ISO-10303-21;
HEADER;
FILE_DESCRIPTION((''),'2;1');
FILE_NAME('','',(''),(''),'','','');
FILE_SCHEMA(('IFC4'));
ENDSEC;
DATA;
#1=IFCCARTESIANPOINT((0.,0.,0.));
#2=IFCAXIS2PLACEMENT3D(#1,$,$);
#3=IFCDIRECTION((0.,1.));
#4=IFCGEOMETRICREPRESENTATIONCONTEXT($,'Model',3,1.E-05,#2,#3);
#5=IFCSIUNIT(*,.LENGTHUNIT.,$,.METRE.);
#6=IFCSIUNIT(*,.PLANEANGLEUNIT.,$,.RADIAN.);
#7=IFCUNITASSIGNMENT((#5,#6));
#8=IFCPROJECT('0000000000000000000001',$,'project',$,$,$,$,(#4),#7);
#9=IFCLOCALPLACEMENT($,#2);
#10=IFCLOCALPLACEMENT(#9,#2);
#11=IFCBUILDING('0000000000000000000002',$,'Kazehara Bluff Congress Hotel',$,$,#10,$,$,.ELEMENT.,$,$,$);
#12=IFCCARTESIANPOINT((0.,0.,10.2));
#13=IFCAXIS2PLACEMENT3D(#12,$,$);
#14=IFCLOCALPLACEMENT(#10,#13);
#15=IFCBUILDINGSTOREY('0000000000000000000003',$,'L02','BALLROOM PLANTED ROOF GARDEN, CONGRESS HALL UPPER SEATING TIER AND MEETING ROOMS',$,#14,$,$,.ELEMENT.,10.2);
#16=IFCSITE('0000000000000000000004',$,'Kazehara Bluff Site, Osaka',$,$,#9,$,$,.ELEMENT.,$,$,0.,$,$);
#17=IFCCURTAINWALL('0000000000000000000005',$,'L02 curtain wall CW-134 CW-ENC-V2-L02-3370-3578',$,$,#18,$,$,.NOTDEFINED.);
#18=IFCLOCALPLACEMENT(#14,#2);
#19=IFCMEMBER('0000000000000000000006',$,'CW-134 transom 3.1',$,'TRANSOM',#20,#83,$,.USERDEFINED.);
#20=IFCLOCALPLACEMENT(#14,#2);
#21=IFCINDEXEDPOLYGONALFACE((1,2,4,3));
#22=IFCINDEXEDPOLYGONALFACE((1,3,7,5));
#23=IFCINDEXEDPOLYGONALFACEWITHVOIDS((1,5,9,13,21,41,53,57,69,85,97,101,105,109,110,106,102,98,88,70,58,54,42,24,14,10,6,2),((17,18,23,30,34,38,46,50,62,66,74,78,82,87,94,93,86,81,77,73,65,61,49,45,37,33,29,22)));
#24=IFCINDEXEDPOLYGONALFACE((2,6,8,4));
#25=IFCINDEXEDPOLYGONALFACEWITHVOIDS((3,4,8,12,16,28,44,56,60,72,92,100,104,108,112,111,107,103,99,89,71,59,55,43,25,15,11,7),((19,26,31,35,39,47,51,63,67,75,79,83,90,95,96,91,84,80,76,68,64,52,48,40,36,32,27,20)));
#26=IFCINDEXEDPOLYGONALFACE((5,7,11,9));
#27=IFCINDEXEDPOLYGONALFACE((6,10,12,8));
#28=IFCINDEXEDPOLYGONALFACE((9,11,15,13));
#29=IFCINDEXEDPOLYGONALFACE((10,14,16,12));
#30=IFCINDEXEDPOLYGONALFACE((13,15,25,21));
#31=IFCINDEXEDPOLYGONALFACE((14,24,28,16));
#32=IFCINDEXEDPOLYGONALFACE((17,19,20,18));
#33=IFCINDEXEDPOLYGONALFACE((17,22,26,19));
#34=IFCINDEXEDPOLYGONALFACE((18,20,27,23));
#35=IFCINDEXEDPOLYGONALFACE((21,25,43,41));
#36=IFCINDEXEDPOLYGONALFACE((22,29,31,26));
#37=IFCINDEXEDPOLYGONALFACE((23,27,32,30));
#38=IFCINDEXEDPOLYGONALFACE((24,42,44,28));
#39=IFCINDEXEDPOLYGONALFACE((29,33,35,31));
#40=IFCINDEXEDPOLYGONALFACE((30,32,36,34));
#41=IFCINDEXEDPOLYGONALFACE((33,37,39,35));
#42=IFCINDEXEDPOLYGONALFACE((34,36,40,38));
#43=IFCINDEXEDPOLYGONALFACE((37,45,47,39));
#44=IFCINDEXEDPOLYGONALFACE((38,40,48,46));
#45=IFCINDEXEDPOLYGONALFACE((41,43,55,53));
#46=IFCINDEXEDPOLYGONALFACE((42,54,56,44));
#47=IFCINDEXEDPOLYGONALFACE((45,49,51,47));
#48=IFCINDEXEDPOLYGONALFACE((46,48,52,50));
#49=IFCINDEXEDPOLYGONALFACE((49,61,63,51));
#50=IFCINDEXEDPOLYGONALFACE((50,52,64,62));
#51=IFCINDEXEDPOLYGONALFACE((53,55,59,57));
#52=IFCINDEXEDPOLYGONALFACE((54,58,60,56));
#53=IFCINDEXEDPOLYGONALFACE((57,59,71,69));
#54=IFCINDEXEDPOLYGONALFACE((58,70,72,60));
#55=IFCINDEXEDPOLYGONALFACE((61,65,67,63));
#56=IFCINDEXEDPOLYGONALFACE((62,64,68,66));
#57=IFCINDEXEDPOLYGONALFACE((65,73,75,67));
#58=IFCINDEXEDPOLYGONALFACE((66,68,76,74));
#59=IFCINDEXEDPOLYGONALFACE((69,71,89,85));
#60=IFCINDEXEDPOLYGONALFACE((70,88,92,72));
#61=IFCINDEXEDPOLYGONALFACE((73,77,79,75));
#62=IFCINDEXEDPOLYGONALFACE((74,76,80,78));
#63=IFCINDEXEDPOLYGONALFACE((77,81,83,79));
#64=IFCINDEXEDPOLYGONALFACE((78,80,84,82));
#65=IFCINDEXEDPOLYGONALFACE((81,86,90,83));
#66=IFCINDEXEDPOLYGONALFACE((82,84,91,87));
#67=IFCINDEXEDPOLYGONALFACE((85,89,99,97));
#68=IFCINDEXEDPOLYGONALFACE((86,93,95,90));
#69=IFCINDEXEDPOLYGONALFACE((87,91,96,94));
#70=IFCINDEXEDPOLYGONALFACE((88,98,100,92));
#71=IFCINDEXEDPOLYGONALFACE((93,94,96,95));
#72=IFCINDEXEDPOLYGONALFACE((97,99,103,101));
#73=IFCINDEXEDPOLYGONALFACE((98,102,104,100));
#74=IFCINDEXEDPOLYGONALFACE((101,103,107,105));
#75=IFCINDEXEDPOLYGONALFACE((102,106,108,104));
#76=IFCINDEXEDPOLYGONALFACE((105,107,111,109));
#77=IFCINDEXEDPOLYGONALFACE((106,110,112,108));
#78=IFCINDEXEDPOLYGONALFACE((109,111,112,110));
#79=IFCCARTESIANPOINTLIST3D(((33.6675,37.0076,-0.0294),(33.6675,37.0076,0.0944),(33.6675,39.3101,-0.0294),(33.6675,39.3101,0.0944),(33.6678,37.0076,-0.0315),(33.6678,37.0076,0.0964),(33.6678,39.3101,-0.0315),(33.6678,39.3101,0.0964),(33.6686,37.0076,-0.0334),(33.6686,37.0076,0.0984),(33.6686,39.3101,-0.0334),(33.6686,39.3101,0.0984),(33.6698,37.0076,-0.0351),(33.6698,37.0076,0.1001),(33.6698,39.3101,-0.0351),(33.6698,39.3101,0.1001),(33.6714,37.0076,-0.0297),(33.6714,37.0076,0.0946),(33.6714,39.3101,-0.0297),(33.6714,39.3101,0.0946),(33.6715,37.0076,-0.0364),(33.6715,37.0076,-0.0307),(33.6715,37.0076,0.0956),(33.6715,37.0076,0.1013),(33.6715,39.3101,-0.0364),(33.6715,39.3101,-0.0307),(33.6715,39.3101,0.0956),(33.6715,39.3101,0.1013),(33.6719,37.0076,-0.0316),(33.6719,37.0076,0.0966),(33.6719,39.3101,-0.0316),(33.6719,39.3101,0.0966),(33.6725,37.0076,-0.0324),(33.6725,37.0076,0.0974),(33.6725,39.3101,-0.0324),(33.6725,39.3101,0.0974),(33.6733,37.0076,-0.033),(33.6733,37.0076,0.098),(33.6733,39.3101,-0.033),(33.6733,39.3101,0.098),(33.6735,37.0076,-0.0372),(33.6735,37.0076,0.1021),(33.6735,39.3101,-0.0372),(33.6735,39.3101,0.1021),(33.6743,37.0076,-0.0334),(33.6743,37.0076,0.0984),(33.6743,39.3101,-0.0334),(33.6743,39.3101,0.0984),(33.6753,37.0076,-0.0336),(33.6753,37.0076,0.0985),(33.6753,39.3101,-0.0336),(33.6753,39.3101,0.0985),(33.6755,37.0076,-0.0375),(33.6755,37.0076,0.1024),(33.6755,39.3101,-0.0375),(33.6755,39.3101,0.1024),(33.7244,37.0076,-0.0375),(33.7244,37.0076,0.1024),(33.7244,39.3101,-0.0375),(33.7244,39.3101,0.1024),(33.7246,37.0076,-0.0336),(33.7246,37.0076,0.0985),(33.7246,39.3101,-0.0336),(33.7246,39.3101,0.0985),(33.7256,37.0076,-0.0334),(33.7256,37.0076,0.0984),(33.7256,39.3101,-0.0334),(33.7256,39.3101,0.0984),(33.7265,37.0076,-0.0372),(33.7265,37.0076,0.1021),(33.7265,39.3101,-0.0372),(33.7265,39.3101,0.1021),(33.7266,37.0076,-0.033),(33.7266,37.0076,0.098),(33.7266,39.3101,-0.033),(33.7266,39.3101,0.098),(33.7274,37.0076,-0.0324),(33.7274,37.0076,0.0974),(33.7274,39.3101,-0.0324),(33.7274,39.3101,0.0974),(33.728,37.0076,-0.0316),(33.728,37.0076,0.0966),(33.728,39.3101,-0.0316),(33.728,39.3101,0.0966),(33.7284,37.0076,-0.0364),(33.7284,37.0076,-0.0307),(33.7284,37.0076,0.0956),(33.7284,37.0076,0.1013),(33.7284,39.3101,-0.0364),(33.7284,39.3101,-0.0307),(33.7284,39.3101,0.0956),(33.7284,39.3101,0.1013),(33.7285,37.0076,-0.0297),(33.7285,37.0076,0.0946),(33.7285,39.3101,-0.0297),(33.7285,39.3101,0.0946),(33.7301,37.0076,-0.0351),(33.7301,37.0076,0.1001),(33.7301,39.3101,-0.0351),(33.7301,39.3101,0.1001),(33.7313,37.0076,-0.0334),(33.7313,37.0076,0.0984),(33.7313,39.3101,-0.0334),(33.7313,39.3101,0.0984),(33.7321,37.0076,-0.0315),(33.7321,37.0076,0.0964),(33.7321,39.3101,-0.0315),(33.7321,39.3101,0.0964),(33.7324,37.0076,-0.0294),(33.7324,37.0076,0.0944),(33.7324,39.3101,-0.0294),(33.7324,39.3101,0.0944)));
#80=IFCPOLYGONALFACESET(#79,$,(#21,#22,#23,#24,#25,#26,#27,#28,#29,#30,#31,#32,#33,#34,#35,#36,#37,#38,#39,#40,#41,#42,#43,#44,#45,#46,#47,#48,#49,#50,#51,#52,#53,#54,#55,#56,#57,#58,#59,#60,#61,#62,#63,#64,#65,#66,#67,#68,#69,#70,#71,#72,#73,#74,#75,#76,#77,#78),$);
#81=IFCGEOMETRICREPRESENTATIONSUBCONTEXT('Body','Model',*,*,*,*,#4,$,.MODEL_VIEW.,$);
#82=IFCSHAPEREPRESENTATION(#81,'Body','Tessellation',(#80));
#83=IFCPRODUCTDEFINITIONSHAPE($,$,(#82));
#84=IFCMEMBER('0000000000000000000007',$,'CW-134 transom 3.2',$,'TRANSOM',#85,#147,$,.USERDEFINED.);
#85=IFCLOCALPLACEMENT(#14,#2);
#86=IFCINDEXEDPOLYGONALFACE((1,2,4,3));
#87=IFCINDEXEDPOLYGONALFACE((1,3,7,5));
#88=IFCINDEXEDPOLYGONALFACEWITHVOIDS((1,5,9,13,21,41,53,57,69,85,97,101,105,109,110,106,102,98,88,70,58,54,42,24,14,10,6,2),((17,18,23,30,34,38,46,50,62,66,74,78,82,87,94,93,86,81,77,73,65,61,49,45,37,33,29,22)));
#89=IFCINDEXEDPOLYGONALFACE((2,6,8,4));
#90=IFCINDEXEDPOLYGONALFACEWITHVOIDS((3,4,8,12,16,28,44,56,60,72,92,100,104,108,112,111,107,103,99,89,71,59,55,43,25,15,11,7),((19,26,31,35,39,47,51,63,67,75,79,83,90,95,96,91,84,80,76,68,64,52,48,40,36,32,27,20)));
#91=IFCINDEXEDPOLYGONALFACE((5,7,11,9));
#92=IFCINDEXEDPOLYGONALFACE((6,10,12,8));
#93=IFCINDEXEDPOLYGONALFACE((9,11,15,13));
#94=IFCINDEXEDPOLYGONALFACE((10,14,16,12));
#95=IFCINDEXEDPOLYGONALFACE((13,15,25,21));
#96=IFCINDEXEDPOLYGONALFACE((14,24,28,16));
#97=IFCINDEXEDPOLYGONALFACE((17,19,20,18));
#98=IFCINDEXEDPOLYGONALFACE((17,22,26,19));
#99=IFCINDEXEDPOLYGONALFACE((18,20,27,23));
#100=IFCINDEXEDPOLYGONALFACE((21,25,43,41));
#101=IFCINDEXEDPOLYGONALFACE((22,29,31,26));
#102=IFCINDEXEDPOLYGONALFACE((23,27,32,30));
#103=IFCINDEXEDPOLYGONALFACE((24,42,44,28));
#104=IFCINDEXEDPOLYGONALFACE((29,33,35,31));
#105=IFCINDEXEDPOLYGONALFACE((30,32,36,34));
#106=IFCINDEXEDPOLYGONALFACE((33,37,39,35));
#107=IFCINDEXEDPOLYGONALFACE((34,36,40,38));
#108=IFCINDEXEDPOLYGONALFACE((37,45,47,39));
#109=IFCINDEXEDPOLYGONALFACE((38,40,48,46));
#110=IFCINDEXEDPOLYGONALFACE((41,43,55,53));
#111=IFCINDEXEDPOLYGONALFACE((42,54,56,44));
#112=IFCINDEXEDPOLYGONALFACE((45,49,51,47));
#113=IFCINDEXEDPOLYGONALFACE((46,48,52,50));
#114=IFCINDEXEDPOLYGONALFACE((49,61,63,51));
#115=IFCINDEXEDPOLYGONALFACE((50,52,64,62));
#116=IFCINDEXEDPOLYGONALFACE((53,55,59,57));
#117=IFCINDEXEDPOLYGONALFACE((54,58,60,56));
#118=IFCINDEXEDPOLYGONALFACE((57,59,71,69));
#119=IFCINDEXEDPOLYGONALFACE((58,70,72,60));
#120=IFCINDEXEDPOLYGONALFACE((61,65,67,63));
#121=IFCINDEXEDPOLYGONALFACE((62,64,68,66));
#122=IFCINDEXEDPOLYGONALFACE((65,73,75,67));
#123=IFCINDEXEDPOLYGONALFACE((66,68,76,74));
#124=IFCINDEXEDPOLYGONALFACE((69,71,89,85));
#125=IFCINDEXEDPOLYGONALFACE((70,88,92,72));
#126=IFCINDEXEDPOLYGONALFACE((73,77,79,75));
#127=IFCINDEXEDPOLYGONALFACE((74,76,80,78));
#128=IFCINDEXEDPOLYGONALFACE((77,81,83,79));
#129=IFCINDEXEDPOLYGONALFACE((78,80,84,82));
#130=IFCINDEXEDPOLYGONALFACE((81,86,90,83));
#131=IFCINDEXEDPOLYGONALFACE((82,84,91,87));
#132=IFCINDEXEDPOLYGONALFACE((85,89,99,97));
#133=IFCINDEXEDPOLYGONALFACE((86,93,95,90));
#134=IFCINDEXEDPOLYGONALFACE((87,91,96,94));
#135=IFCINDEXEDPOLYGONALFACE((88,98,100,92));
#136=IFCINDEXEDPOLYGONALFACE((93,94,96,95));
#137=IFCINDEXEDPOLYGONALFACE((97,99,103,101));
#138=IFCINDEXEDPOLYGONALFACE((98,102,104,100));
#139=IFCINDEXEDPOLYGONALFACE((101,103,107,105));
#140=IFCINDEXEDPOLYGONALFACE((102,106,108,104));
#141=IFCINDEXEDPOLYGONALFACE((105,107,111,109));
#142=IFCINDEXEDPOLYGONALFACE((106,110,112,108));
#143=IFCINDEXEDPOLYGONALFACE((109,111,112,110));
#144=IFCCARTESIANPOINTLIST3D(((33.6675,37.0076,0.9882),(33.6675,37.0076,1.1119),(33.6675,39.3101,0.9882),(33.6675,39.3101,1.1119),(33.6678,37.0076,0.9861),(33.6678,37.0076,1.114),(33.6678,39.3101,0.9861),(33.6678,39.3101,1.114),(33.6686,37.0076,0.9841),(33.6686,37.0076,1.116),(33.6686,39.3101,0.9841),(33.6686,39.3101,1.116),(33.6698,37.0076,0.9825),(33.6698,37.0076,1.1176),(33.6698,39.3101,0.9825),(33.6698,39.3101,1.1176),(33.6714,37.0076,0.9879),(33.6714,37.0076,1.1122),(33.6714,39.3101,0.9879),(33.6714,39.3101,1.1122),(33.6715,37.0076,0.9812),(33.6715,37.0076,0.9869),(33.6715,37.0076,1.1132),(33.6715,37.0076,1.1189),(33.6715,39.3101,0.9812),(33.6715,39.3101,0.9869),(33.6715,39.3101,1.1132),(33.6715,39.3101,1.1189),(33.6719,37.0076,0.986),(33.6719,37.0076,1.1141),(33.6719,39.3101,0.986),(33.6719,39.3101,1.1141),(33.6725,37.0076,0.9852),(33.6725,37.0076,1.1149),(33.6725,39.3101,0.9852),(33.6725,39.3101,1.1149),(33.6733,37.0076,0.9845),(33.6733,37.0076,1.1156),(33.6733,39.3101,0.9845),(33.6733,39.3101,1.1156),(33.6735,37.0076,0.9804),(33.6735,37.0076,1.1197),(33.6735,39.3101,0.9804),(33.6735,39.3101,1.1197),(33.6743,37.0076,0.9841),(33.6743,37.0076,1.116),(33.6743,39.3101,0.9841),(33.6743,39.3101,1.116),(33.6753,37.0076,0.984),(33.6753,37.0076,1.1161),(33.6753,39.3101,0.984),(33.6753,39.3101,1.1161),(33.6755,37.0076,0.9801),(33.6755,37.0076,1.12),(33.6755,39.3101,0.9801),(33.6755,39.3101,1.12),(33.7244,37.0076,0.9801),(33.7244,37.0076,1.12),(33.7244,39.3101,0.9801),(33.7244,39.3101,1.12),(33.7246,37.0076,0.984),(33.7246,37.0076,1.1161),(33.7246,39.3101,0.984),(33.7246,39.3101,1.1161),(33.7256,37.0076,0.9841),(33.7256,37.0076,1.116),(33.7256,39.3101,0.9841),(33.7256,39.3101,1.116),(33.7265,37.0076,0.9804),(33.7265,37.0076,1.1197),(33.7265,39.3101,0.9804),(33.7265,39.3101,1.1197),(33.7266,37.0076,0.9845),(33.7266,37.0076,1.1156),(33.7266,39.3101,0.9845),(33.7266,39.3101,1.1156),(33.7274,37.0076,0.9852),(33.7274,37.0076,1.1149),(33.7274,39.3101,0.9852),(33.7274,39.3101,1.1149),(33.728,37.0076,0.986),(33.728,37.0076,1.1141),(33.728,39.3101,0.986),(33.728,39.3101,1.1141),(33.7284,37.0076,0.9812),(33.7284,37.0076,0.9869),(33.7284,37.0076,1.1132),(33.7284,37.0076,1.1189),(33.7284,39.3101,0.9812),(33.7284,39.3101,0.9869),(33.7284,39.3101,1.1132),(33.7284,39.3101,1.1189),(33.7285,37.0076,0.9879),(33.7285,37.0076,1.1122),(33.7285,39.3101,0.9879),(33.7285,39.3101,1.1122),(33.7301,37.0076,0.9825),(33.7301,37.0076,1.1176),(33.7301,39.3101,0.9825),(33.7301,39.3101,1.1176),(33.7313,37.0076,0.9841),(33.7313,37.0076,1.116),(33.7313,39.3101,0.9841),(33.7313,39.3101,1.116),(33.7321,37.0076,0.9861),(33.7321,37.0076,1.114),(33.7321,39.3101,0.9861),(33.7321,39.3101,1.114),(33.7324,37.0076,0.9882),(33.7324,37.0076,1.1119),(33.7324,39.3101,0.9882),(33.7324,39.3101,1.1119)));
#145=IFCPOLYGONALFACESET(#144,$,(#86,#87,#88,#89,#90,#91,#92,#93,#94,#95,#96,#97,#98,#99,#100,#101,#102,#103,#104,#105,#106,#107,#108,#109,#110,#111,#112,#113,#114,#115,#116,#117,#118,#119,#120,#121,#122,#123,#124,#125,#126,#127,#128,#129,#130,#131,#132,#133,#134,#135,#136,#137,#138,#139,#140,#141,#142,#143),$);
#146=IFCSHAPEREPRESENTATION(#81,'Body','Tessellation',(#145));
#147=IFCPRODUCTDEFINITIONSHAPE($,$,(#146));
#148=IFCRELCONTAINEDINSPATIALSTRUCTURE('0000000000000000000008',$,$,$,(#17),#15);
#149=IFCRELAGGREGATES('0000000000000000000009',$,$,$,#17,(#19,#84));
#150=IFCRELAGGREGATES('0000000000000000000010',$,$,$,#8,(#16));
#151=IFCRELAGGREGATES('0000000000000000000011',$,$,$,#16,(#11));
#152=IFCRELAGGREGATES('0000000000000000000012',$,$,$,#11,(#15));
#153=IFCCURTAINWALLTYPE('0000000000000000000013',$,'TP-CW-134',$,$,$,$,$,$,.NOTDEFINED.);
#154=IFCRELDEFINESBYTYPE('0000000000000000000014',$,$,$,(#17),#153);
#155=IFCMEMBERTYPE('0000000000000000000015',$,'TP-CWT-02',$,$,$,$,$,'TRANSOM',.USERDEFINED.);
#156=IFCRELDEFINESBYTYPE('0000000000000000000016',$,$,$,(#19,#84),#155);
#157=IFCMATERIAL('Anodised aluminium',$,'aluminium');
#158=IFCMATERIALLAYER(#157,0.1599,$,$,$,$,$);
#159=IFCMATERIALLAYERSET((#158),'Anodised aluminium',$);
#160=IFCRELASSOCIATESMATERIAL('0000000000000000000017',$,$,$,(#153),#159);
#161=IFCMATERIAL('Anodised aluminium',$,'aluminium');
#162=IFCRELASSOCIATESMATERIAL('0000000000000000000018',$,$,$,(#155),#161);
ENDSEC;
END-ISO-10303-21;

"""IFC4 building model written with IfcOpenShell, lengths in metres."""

from ifc_helpers import new_model, si_unit, direction, frame, origin, origin_2d, place, context, subcontext, project, spatial, hollow_rectangle, extrude, material, layer, layer_set, material_profile, profile_set, type_object, element, aggregate, save


model = new_model("IFC4")

# Units and contexts
model_context = context("Model", 3, precision=1e-05, world=origin(), true_north=direction((0.0, 1.0)))
body_context = subcontext(model_context, "Body", "Model", "MODEL_VIEW")
ifc_project = project(units=[si_unit("LENGTHUNIT", "METRE"), si_unit("PLANEANGLEUNIT", "RADIAN")], contexts=[model_context])

# Site, building, storey
site_placement = place(None, origin())
site = spatial("IfcSite", under=ifc_project, at=site_placement, Name="Kazehara Bluff Site, Osaka", CompositionType="ELEMENT", RefElevation=0.0)
building_placement = place(site_placement, origin())
building = spatial("IfcBuilding", under=site, at=building_placement, Name="Kazehara Bluff Congress Hotel", CompositionType="ELEMENT")
storey_placement = place(building_placement, frame((0.0, 0.0, 10.2)))
storey = spatial("IfcBuildingStorey", under=building, at=storey_placement, Name="L02", Description="BALLROOM PLANTED ROOF GARDEN, CONGRESS HALL UPPER SEATING TIER AND MEETING ROOMS", CompositionType="ELEMENT", Elevation=10.2)

# Curtain wall, members
ifc_material_1 = material(Name="Anodised aluminium", Category="aluminium")
ifc_layer_1 = layer(ifc_material_1, 0.1599)
ifc_layer_set_1 = layer_set([ifc_layer_1], Name="Anodised aluminium")
curtain_wall_type_1 = type_object("IfcCurtainWallType", Name="TP-CW-134", PredefinedType="NOTDEFINED", material=ifc_layer_set_1)
curtain_wall_1_placement = place(storey_placement, origin())
curtain_wall_1 = element("IfcCurtainWall", 1, at=curtain_wall_1_placement, inside=storey, type_object=curtain_wall_type_1, Name="L02 curtain wall CW-134 CW-ENC-V2-L02-3370-3578", PredefinedType="NOTDEFINED")
ifc_material_2 = material(Name="Anodised aluminium", Category="aluminium")
ifc_material_profile_1 = material_profile(ifc_material_2, hollow_rectangle(XDim=0.0649, YDim=0.1399, WallThickness=0.0039, InnerFilletRadius=0.0039, OuterFilletRadius=0.0081, at=origin_2d()))
ifc_profile_set_1 = profile_set([ifc_material_profile_1], Name="Anodised aluminium")
member_type_1 = type_object("IfcMemberType", Name="TP-CWT-02", ElementType="TRANSOM", PredefinedType="USERDEFINED", material=ifc_profile_set_1)
member_1_placement = place(storey_placement, frame((33.7, 37.0076, 0.0325), z_axis=(0.0, 1.0, 0.0), x_axis=(-1.0, 0.0, 0.0)))
member_1 = element("IfcMember", 2, at=member_1_placement, type_object=member_type_1, Name="CW-134 transom 3.1", ObjectType="TRANSOM", PredefinedType="USERDEFINED", context=body_context, shape_type="SweptSolid", body=[
    extrude(hollow_rectangle(XDim=0.0649, YDim=0.1399, WallThickness=0.0039, InnerFilletRadius=0.0039, OuterFilletRadius=0.0081, at=origin_2d()), origin(), (0.0, 0.0, 1.0), 2.3025),
])
member_2_placement = place(storey_placement, frame((33.7, 37.0076, 1.05), z_axis=(0.0, 1.0, 0.0), x_axis=(-1.0, 0.0, 0.0)))
member_2 = element("IfcMember", 3, at=member_2_placement, type_object=member_type_1, Name="CW-134 transom 3.2", ObjectType="TRANSOM", PredefinedType="USERDEFINED", context=body_context, shape_type="SweptSolid", body=[
    extrude(hollow_rectangle(XDim=0.0649, YDim=0.1399, WallThickness=0.0039, InnerFilletRadius=0.0039, OuterFilletRadius=0.0081, at=origin_2d()), origin(), (0.0, 0.0, 1.0), 2.3025),
])

aggregate(curtain_wall_1, [member_1, member_2])

save(model, "model.ifc")
